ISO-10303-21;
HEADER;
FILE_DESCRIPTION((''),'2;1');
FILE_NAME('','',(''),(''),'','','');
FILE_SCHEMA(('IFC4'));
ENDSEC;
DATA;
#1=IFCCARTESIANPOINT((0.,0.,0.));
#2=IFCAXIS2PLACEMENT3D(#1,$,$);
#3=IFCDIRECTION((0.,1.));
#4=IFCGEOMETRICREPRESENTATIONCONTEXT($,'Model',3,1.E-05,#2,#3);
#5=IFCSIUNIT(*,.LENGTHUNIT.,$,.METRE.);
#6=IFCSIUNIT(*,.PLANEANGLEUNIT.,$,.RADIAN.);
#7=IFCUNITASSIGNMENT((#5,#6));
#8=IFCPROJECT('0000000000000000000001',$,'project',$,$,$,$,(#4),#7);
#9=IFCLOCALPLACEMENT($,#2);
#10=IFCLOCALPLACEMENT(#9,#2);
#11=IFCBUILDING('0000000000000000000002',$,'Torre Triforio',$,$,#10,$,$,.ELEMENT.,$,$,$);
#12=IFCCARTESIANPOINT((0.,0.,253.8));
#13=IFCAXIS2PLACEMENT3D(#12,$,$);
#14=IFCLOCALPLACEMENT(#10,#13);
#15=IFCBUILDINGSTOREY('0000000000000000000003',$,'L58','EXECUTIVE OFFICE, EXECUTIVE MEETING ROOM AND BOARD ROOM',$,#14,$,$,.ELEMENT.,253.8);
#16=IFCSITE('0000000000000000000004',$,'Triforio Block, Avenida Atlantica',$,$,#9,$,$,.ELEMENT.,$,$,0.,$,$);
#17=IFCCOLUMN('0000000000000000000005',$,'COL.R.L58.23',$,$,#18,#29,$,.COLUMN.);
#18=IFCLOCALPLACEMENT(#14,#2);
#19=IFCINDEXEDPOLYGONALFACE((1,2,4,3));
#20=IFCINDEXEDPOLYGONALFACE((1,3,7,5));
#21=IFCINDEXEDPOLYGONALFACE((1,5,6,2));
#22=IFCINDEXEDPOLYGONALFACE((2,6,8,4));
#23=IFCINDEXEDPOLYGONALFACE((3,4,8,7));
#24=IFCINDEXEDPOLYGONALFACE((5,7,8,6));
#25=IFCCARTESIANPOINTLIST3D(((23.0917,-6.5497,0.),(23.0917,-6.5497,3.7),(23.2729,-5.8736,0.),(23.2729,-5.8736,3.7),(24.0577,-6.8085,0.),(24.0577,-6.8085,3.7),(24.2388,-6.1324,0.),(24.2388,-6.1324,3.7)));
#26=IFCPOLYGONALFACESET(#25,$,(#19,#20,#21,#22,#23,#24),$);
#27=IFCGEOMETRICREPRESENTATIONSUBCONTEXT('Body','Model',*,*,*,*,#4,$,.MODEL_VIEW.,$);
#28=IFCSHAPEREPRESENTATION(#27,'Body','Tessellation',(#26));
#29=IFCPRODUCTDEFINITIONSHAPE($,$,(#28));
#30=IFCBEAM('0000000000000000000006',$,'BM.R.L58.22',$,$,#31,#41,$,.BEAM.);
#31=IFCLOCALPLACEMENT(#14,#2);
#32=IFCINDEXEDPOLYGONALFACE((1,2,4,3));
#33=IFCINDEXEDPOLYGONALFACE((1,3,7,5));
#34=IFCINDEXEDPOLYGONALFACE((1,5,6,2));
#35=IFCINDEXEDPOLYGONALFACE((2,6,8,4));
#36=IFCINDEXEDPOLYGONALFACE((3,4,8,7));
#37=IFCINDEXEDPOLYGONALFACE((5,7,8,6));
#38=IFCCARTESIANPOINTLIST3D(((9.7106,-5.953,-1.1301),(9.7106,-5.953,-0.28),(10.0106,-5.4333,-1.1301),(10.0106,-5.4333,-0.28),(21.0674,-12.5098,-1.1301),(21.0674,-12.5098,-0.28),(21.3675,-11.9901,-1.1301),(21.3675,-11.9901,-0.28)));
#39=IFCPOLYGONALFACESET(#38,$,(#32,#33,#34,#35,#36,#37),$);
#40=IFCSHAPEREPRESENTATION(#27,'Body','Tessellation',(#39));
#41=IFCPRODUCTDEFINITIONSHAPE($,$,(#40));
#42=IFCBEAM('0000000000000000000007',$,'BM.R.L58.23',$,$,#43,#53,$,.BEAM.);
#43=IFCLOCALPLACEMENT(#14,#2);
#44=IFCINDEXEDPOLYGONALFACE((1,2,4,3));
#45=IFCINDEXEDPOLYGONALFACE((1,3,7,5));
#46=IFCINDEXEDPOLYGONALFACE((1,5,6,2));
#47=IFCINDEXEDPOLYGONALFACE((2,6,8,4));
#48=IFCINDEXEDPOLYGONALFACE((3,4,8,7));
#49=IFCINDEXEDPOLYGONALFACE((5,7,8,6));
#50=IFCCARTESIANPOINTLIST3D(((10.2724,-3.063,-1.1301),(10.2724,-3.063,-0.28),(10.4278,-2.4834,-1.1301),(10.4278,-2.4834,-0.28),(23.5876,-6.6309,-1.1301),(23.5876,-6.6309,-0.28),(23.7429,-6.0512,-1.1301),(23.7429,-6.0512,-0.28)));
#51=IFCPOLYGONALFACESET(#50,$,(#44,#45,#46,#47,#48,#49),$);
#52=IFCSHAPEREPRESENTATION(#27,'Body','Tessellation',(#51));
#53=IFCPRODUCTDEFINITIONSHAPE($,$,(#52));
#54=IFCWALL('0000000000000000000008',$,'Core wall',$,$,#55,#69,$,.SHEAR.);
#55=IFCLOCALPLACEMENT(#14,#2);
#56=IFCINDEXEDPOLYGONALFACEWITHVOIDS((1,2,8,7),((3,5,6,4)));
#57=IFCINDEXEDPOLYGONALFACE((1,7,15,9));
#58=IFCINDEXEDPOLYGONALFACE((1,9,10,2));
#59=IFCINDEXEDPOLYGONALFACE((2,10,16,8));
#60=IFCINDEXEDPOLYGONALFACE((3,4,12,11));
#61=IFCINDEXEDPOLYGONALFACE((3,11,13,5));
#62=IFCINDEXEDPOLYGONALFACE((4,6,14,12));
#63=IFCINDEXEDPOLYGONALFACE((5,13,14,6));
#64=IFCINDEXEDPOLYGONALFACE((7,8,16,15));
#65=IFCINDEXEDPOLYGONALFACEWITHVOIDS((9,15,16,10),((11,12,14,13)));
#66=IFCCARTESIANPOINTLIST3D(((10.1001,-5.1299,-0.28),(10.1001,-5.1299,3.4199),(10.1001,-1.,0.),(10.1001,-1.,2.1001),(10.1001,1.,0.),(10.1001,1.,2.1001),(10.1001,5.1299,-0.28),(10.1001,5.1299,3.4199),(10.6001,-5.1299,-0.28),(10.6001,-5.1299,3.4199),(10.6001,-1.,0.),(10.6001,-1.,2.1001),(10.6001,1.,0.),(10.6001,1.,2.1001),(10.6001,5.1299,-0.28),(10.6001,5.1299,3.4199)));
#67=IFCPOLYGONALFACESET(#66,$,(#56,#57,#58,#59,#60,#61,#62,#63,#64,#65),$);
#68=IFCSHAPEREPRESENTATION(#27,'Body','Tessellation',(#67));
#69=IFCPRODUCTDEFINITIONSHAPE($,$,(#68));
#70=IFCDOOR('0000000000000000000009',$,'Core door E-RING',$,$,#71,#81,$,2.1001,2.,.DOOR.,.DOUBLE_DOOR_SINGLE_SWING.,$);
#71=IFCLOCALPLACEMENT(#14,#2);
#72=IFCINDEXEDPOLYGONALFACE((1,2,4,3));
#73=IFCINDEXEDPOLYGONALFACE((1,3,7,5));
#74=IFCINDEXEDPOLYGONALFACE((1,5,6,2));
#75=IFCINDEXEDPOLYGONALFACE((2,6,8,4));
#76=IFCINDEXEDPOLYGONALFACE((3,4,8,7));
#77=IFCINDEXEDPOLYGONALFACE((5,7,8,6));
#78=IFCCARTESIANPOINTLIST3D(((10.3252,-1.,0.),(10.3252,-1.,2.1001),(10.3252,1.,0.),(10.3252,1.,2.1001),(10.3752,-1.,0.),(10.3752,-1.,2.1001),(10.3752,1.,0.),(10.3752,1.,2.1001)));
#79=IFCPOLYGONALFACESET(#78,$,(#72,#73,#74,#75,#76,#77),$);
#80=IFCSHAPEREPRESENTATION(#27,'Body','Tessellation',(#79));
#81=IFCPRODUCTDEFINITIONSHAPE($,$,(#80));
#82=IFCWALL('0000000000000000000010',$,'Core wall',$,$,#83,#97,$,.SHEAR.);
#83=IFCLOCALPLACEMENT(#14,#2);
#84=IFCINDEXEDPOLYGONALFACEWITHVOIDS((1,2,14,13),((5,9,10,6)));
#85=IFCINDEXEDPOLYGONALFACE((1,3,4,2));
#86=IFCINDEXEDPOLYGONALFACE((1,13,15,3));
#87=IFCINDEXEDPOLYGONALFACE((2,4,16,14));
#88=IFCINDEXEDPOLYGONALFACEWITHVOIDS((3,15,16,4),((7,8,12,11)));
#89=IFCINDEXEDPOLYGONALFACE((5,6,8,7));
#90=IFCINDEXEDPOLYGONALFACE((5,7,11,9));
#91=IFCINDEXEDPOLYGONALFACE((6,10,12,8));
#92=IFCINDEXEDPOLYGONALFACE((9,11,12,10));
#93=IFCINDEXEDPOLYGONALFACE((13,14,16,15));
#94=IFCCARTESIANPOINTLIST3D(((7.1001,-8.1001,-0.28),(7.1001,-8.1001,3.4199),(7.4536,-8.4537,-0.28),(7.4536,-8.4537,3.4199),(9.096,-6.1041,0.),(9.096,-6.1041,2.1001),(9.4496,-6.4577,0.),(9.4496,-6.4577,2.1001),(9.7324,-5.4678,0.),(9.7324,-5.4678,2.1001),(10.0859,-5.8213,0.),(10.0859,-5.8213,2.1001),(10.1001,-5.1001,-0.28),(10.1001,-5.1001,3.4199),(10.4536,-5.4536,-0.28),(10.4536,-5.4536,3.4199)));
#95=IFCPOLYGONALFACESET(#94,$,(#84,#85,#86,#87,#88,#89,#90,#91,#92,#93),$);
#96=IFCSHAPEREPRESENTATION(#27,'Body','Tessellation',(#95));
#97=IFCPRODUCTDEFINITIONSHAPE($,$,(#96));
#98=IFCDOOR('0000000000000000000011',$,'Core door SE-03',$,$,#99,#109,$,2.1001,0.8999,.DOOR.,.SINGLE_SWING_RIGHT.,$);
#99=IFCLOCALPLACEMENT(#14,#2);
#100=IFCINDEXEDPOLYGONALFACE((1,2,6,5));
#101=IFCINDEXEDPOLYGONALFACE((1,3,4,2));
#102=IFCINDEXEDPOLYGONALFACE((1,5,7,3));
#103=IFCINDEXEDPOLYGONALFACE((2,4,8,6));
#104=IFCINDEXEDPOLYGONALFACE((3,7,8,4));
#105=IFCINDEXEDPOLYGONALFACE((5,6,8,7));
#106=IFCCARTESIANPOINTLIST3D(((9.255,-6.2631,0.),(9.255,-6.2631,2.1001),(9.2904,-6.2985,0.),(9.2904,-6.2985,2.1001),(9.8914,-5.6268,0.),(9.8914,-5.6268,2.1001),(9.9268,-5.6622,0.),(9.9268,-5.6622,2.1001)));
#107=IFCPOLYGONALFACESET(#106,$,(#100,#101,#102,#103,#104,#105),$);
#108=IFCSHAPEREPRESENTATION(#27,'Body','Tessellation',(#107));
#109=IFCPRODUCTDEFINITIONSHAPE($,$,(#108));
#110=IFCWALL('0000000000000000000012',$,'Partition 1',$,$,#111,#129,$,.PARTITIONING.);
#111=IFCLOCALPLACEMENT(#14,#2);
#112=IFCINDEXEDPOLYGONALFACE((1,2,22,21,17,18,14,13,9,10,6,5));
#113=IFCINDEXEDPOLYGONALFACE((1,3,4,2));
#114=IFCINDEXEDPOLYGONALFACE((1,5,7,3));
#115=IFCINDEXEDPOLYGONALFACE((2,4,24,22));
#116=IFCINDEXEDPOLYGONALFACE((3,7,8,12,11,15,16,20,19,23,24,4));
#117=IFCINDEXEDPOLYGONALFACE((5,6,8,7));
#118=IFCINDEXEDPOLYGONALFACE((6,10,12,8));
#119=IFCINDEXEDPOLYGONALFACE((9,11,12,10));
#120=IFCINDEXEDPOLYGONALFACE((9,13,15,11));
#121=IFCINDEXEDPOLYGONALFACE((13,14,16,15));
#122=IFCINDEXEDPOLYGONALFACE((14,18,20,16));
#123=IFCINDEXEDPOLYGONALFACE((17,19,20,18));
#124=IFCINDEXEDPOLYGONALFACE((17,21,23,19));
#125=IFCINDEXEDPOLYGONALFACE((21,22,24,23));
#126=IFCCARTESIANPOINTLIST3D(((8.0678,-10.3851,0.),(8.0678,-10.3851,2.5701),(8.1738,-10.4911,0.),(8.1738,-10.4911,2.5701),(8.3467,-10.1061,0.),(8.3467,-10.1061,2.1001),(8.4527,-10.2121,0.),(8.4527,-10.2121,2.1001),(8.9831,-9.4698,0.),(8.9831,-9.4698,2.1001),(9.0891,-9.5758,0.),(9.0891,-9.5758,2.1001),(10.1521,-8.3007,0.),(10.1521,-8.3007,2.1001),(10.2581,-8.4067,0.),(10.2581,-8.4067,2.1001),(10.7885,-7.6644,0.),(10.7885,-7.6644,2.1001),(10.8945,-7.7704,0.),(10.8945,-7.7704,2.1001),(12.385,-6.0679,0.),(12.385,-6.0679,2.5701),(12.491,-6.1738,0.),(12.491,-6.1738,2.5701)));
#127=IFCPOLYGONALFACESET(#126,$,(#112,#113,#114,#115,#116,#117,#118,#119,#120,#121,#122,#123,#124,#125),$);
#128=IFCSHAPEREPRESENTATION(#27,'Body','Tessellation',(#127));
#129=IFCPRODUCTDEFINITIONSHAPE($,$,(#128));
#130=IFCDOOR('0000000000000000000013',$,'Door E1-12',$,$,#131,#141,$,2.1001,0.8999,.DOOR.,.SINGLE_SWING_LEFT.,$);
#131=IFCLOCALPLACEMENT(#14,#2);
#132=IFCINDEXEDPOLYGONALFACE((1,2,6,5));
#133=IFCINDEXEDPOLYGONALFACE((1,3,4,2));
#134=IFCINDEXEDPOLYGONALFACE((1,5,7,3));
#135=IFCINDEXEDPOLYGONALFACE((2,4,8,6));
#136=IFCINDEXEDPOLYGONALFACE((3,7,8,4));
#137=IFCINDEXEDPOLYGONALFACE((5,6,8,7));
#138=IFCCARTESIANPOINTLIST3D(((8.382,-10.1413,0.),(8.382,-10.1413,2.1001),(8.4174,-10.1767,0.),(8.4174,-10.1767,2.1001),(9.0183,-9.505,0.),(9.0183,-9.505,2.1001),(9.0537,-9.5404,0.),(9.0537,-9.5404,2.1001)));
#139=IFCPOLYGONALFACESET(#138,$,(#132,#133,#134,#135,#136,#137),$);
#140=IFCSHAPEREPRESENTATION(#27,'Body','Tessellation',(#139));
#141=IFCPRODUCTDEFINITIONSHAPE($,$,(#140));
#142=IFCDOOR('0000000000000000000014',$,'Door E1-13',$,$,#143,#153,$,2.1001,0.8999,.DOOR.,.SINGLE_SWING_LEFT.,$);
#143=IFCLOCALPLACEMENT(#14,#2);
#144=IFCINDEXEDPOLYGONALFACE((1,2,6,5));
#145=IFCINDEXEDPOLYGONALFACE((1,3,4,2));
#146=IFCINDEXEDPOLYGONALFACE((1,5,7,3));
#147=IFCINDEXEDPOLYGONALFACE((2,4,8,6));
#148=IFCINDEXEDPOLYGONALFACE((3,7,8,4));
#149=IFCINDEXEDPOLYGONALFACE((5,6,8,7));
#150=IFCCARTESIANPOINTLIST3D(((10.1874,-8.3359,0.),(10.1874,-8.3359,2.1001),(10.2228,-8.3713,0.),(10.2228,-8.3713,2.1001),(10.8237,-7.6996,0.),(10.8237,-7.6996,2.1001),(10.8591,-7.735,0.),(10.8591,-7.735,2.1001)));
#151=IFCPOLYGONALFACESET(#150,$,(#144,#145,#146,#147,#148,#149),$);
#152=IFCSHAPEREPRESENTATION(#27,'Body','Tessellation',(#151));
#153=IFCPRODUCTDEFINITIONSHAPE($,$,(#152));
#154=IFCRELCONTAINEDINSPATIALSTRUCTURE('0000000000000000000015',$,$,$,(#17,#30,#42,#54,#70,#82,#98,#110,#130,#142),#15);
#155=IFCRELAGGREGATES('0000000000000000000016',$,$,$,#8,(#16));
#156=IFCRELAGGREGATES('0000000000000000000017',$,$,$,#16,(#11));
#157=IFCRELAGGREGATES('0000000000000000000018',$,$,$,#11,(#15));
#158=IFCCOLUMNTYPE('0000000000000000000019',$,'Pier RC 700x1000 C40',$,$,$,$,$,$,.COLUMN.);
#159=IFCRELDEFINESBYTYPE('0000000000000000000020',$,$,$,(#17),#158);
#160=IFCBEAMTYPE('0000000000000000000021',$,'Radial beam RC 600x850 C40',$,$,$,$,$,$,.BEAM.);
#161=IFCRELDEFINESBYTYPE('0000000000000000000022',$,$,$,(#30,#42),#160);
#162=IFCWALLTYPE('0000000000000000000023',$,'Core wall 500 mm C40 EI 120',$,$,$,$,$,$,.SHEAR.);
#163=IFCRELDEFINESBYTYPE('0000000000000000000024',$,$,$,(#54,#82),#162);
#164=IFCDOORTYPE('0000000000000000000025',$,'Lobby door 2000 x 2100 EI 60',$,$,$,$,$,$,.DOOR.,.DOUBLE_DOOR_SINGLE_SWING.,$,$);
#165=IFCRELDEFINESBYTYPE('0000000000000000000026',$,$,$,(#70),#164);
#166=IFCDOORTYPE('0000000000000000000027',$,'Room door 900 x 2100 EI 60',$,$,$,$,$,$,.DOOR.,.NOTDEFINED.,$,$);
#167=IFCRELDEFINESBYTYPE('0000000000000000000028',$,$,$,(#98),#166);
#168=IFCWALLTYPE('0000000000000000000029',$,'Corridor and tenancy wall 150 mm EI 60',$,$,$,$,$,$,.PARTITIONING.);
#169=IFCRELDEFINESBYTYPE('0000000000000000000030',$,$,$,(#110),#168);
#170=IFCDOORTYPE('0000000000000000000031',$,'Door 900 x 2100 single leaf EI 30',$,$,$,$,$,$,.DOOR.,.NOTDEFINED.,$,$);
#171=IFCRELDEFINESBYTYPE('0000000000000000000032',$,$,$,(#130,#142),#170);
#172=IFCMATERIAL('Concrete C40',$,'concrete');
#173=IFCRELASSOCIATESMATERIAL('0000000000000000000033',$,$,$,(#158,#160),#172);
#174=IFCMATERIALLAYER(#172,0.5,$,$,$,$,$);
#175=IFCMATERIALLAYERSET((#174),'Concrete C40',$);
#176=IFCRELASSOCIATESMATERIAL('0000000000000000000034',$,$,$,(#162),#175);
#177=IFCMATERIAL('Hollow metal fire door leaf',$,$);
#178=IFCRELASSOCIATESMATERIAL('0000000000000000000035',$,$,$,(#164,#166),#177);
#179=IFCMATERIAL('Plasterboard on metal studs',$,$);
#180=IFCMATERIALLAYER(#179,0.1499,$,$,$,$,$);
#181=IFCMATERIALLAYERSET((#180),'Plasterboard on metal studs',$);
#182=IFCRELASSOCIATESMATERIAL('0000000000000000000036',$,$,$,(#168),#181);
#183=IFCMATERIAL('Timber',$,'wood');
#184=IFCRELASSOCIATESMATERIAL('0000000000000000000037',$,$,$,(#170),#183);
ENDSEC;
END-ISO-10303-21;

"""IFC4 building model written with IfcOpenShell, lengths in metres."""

from ifc_helpers import new_model, si_unit, direction, frame, frame_2d, origin, origin_2d, place, context, subcontext, project, spatial, rectangle, extrude, material, layer, layer_set, material_profile, profile_set, type_object, element, fill, save


model = new_model("IFC4")

# Units and contexts
model_context = context("Model", 3, precision=1e-05, world=origin(), true_north=direction((0.0, 1.0)))
body_context = subcontext(model_context, "Body", "Model", "MODEL_VIEW")
ifc_project = project(units=[si_unit("LENGTHUNIT", "METRE"), si_unit("PLANEANGLEUNIT", "RADIAN")], contexts=[model_context])

# Site, building, storey
site_placement = place(None, origin())
site = spatial("IfcSite", under=ifc_project, at=site_placement, Name="Triforio Block, Avenida Atlantica", CompositionType="ELEMENT", RefElevation=0.0)
building_placement = place(site_placement, origin())
building = spatial("IfcBuilding", under=site, at=building_placement, Name="Torre Triforio", CompositionType="ELEMENT")
storey_placement = place(building_placement, frame((0.0, 0.0, 253.8)))
storey = spatial("IfcBuildingStorey", under=building, at=storey_placement, Name="L58", Description="EXECUTIVE OFFICE, EXECUTIVE MEETING ROOM AND BOARD ROOM", CompositionType="ELEMENT", Elevation=253.8)

# Column
ifc_material_1 = material(Name="Concrete C40", Category="concrete")
ifc_material_profile_1 = material_profile(ifc_material_1, rectangle(XDim=0.7, YDim=1.0, at=origin_2d()), Name="RC 700x1000")
ifc_profile_set_1 = profile_set([ifc_material_profile_1], Name="Concrete C40")
column_type = type_object("IfcColumnType", Name="Pier RC 700x1000 C40", PredefinedType="COLUMN", material=ifc_profile_set_1)
column_placement = place(storey_placement, frame((23.6653, -6.3411, 0.0), z_axis=(0.0, 0.0, 1.0), x_axis=(0.258819, 0.965926, 0.0)))
element("IfcColumn", 1, at=column_placement, inside=storey, type_object=column_type, Name="COL.R.L58.23", PredefinedType="COLUMN", context=body_context, shape_type="SweptSolid", body=[
    extrude(rectangle(XDim=0.7, YDim=1.0, at=origin_2d()), origin(), (0.0, 0.0, 1.0), 3.7),
])

# Beams
ifc_material_profile_2 = material_profile(ifc_material_1, rectangle(XDim=0.6001, YDim=0.8501, at=origin_2d()), Name="RC 600x850")
ifc_profile_set_2 = profile_set([ifc_material_profile_2], Name="Concrete C40")
beam_type = type_object("IfcBeamType", Name="Radial beam RC 600x850 C40", PredefinedType="BEAM", material=ifc_profile_set_2)
beam_1_placement = place(storey_placement, frame((9.8606, -5.6931, -0.7051), z_axis=(0.866027, -0.499997, 0.0), x_axis=(0.499997, 0.866027, 0.0)))
element("IfcBeam", 2, at=beam_1_placement, inside=storey, type_object=beam_type, Name="BM.R.L58.22", PredefinedType="BEAM", context=body_context, shape_type="SweptSolid", body=[
    extrude(rectangle(XDim=0.6001, YDim=0.8501, at=origin_2d()), origin(), (0.0, 0.0, 1.0), 13.1138),
])
beam_2_placement = place(storey_placement, frame((10.3501, -2.7732, -0.7051), z_axis=(0.965924, -0.258824, 0.0), x_axis=(0.258824, 0.965924, 0.0)))
element("IfcBeam", 3, at=beam_2_placement, inside=storey, type_object=beam_type, Name="BM.R.L58.23", PredefinedType="BEAM", context=body_context, shape_type="SweptSolid", body=[
    extrude(rectangle(XDim=0.6001, YDim=0.8501, at=origin_2d()), origin(), (0.0, 0.0, 1.0), 13.7849),
])

# Walls, openings, doors
ifc_layer_1 = layer(ifc_material_1, 0.5)
ifc_layer_set_1 = layer_set([ifc_layer_1], Name="Concrete C40")
wall_type_1 = type_object("IfcWallType", Name="Core wall 500 mm C40 EI 120", PredefinedType="SHEAR", material=ifc_layer_set_1)
wall_1_placement = place(storey_placement, frame((10.3501, -5.1299, -0.28), z_axis=(0.0, 0.0, 1.0), x_axis=(0.0, 1.0, 0.0)))
wall_1 = element("IfcWall", 4, at=wall_1_placement, inside=storey, type_object=wall_type_1, Name="Core wall", PredefinedType="SHEAR", context=body_context, shape_type="SweptSolid", body=[
    extrude(rectangle(XDim=10.2598, YDim=0.5, at=frame_2d((5.1299, 0.0))), origin(), (0.0, 0.0, 1.0), 3.7),
])
opening_1_placement = place(wall_1_placement, frame((4.1299, 0.0, 0.28)))
opening_1 = element("IfcOpeningElement", 5, at=opening_1_placement, cuts=wall_1, PredefinedType="OPENING", context=body_context, shape_type="SweptSolid", body=[
    extrude(rectangle(XDim=2.0, YDim=2.1001, at=frame_2d((1.0, 1.05))), frame((0.0, 0.26, 0.0), z_axis=(0.0, -1.0, 0.0), x_axis=(1.0, 0.0, 0.0)), (0.0, 0.0, 1.0), 0.52),
])
ifc_material_2 = material(Name="Hollow metal fire door leaf")
door_type_1 = type_object("IfcDoorType", Name="Lobby door 2000 x 2100 EI 60", OperationType="DOUBLE_DOOR_SINGLE_SWING", PredefinedType="DOOR", material=ifc_material_2)
door_1_placement = place(opening_1_placement, origin())
door_1 = element("IfcDoor", 6, at=door_1_placement, inside=storey, type_object=door_type_1, Name="Core door E-RING", OperationType="DOUBLE_DOOR_SINGLE_SWING", OverallHeight=2.1001, OverallWidth=2.0, PredefinedType="DOOR", context=body_context, shape_type="SweptSolid", body=[
    extrude(rectangle(XDim=2.0, YDim=2.1001, at=frame_2d((1.0, 1.05))), frame((0.0, 0.0249, 0.0), z_axis=(0.0, -1.0, 0.0), x_axis=(1.0, 0.0, 0.0)), (0.0, 0.0, 1.0), 0.05),
])
fill(opening_1, door_1)
wall_2_placement = place(storey_placement, frame((10.2769, -5.2769, -0.28), z_axis=(0.0, 0.0, 1.0), x_axis=(-0.707107, -0.707107, 0.0)))
wall_2 = element("IfcWall", 7, at=wall_2_placement, inside=storey, type_object=wall_type_1, Name="Core wall", PredefinedType="SHEAR", context=body_context, shape_type="SweptSolid", body=[
    extrude(rectangle(XDim=4.2427, YDim=0.5, at=frame_2d((2.1213, 0.0))), origin(), (0.0, 0.0, 1.0), 3.7),
])
opening_2_placement = place(wall_2_placement, frame((0.52, 0.0, 0.28)))
opening_2 = element("IfcOpeningElement", 8, at=opening_2_placement, cuts=wall_2, PredefinedType="OPENING", context=body_context, shape_type="SweptSolid", body=[
    extrude(rectangle(XDim=0.8999, YDim=2.1001, at=frame_2d((0.45, 1.05))), frame((0.0, 0.26, 0.0), z_axis=(0.0, -1.0, 0.0), x_axis=(1.0, 0.0, 0.0)), (0.0, 0.0, 1.0), 0.52),
])
door_type_2 = type_object("IfcDoorType", Name="Room door 900 x 2100 EI 60", OperationType="NOTDEFINED", PredefinedType="DOOR", material=ifc_material_2)
door_2_placement = place(opening_2_placement, origin())
door_2 = element("IfcDoor", 9, at=door_2_placement, inside=storey, type_object=door_type_2, Name="Core door SE-03", OperationType="SINGLE_SWING_RIGHT", OverallHeight=2.1001, OverallWidth=0.8999, PredefinedType="DOOR", context=body_context, shape_type="SweptSolid", body=[
    extrude(rectangle(XDim=0.8999, YDim=2.1001, at=frame_2d((0.45, 1.05))), frame((0.0, 0.0249, 0.0), z_axis=(0.0, -1.0, 0.0), x_axis=(1.0, 0.0, 0.0)), (0.0, 0.0, 1.0), 0.05),
])
fill(opening_2, door_2)

# Wall, openings, doors
ifc_material_3 = material(Name="Plasterboard on metal studs")
ifc_layer_2 = layer(ifc_material_3, 0.1499)
ifc_layer_set_2 = layer_set([ifc_layer_2], Name="Plasterboard on metal studs")
wall_type_2 = type_object("IfcWallType", Name="Corridor and tenancy wall 150 mm EI 60", PredefinedType="PARTITIONING", material=ifc_layer_set_2)
wall_3_placement = place(storey_placement, frame((12.438, -6.1208, 0.0), z_axis=(0.0, 0.0, 1.0), x_axis=(-0.707107, -0.707107, 0.0)))
wall_3 = element("IfcWall", 10, at=wall_3_placement, inside=storey, type_object=wall_type_2, Name="Partition 1", PredefinedType="PARTITIONING", context=body_context, shape_type="SweptSolid", body=[
    extrude(rectangle(XDim=6.1055, YDim=0.1499, at=frame_2d((3.0527, 0.0))), origin(), (0.0, 0.0, 1.0), 2.5701),
])
opening_3_placement = place(wall_3_placement, frame((4.811, 0.0, 0.0)))
opening_3 = element("IfcOpeningElement", 11, at=opening_3_placement, cuts=wall_3, PredefinedType="OPENING", context=body_context, shape_type="SweptSolid", body=[
    extrude(rectangle(XDim=0.8999, YDim=2.1001, at=frame_2d((0.45, 1.05))), frame((0.0, 0.085, 0.0), z_axis=(0.0, -1.0, 0.0), x_axis=(1.0, 0.0, 0.0)), (0.0, 0.0, 1.0), 0.1699),
])
opening_4_placement = place(wall_3_placement, frame((2.2578, 0.0, 0.0)))
opening_4 = element("IfcOpeningElement", 12, at=opening_4_placement, cuts=wall_3, PredefinedType="OPENING", context=body_context, shape_type="SweptSolid", body=[
    extrude(rectangle(XDim=0.8999, YDim=2.1001, at=frame_2d((0.45, 1.05))), frame((0.0, 0.085, 0.0), z_axis=(0.0, -1.0, 0.0), x_axis=(1.0, 0.0, 0.0)), (0.0, 0.0, 1.0), 0.1699),
])
ifc_material_4 = material(Name="Timber", Category="wood")
door_type_3 = type_object("IfcDoorType", Name="Door 900 x 2100 single leaf EI 30", OperationType="NOTDEFINED", PredefinedType="DOOR", material=ifc_material_4)
door_3_placement = place(opening_3_placement, origin())
door_3 = element("IfcDoor", 13, at=door_3_placement, inside=storey, type_object=door_type_3, Name="Door E1-12", OperationType="SINGLE_SWING_LEFT", OverallHeight=2.1001, OverallWidth=0.8999, PredefinedType="DOOR", context=body_context, shape_type="SweptSolid", body=[
    extrude(rectangle(XDim=0.8999, YDim=2.1001, at=frame_2d((0.45, 1.05))), frame((0.0, 0.0249, 0.0), z_axis=(0.0, -1.0, 0.0), x_axis=(1.0, 0.0, 0.0)), (0.0, 0.0, 1.0), 0.05),
])
fill(opening_3, door_3)
door_4_placement = place(opening_4_placement, origin())
door_4 = element("IfcDoor", 14, at=door_4_placement, inside=storey, type_object=door_type_3, Name="Door E1-13", OperationType="SINGLE_SWING_LEFT", OverallHeight=2.1001, OverallWidth=0.8999, PredefinedType="DOOR", context=body_context, shape_type="SweptSolid", body=[
    extrude(rectangle(XDim=0.8999, YDim=2.1001, at=frame_2d((0.45, 1.05))), frame((0.0, 0.0249, 0.0), z_axis=(0.0, -1.0, 0.0), x_axis=(1.0, 0.0, 0.0)), (0.0, 0.0, 1.0), 0.05),
])
fill(opening_4, door_4)

save(model, "model.ifc")
